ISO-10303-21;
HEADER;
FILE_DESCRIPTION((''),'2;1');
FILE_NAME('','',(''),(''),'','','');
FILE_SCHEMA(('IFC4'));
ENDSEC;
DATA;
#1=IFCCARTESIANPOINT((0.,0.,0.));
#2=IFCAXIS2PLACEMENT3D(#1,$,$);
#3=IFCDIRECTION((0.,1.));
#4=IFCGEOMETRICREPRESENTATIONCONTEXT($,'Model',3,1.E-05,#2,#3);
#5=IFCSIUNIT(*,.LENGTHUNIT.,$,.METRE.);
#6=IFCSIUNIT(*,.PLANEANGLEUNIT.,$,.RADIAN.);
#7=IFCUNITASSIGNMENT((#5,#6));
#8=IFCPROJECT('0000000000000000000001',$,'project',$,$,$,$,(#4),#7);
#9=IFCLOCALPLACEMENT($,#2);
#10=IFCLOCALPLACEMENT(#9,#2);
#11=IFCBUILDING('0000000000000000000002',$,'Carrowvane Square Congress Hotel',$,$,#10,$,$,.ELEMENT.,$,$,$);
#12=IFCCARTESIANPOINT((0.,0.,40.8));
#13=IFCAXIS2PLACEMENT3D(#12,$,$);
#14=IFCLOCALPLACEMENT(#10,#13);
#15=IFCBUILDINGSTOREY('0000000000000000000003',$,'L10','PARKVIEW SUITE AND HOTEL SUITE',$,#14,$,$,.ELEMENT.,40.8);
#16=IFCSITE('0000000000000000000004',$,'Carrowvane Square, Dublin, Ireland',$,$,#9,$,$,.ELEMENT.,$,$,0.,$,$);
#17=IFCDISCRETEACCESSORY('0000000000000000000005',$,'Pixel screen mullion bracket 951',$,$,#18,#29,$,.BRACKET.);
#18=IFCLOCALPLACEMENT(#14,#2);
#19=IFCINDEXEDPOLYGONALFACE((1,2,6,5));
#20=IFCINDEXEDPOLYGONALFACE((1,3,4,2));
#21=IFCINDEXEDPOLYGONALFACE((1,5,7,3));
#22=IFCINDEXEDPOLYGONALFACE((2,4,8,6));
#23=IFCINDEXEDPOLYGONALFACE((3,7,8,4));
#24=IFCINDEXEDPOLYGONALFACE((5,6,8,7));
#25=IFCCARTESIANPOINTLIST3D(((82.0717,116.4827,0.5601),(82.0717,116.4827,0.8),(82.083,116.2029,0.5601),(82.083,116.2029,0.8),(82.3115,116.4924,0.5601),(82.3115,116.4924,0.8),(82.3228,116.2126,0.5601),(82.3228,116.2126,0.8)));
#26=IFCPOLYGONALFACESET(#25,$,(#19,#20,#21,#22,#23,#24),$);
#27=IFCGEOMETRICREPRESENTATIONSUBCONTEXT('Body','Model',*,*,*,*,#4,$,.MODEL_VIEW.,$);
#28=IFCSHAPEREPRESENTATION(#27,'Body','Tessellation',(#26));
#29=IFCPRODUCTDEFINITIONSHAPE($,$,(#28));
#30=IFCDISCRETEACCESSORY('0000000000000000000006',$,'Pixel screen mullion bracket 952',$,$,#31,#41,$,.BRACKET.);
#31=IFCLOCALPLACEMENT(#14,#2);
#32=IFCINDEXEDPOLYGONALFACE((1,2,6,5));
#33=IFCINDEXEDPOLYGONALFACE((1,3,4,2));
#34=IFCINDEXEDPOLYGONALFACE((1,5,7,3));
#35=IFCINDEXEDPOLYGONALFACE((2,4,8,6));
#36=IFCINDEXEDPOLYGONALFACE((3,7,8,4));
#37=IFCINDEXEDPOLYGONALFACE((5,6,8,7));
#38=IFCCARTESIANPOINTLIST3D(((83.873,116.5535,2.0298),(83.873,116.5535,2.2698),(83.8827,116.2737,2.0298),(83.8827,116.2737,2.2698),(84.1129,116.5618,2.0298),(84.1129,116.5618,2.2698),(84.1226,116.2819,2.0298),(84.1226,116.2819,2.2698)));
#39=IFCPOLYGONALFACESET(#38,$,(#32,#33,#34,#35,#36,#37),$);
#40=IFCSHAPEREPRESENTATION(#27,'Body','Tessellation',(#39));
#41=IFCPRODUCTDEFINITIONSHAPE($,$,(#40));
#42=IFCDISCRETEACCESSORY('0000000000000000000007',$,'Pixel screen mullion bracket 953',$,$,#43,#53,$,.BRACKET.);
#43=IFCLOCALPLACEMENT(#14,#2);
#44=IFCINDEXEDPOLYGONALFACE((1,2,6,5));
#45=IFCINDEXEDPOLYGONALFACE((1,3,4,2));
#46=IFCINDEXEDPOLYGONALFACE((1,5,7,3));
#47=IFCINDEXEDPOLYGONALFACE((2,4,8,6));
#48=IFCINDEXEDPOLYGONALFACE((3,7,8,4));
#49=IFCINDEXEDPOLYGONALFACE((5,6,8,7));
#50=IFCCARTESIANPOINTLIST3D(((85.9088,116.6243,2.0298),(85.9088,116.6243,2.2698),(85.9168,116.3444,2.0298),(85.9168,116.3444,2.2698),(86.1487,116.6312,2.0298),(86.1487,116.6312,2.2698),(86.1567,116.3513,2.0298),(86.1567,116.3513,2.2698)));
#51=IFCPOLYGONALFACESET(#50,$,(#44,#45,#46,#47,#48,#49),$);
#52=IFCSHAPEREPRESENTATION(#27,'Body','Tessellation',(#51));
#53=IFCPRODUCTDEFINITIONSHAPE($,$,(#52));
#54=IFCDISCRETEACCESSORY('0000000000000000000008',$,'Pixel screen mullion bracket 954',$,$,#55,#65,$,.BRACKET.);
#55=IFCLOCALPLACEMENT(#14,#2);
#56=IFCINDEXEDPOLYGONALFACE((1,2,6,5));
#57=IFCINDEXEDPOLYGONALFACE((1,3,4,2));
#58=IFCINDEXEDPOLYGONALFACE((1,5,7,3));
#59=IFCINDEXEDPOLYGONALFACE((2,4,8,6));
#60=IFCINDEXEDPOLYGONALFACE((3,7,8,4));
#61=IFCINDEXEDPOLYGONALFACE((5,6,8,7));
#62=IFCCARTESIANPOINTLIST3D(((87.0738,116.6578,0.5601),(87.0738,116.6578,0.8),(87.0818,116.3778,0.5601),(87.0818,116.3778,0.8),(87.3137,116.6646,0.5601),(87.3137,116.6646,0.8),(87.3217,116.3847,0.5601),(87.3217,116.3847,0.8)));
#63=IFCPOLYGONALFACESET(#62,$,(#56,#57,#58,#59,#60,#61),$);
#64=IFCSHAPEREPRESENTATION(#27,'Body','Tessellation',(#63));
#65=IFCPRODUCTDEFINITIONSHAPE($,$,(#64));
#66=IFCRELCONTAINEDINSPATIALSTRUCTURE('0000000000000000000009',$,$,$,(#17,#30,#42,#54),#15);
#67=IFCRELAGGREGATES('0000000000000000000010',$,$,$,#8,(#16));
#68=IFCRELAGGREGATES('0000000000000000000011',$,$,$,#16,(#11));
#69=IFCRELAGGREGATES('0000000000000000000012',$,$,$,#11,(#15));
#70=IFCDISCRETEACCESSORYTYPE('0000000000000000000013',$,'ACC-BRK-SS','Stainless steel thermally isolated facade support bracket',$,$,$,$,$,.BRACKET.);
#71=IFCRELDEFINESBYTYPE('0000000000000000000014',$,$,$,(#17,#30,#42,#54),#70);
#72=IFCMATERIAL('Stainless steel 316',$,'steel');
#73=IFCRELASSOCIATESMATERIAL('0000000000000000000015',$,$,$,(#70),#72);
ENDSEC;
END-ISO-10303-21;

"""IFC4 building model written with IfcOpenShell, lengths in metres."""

from ifc_helpers import new_model, si_unit, direction, frame, origin, origin_2d, place, context, subcontext, project, spatial, rectangle, extrude, material, type_object, element, save


model = new_model("IFC4")

# Units and contexts
model_context = context("Model", 3, precision=1e-05, world=origin(), true_north=direction((0.0, 1.0)))
body_context = subcontext(model_context, "Body", "Model", "MODEL_VIEW")
ifc_project = project(units=[si_unit("LENGTHUNIT", "METRE"), si_unit("PLANEANGLEUNIT", "RADIAN")], contexts=[model_context])

# Site, building, storey
site_placement = place(None, origin())
site = spatial("IfcSite", under=ifc_project, at=site_placement, Name="Carrowvane Square, Dublin, Ireland", CompositionType="ELEMENT", RefElevation=0.0)
building_placement = place(site_placement, origin())
building = spatial("IfcBuilding", under=site, at=building_placement, Name="Carrowvane Square Congress Hotel", CompositionType="ELEMENT")
storey_placement = place(building_placement, frame((0.0, 0.0, 40.8)))
storey = spatial("IfcBuildingStorey", under=building, at=storey_placement, Name="L10", Description="PARKVIEW SUITE AND HOTEL SUITE", CompositionType="ELEMENT", Elevation=40.8)

# Discrete accessories
ifc_material_1 = material(Name="Stainless steel 316", Category="steel")
discrete_accessory_type = type_object("IfcDiscreteAccessoryType", Name="ACC-BRK-SS", Description="Stainless steel thermally isolated facade support bracket", PredefinedType="BRACKET", material=ifc_material_1)
for number, where, z_axis, x_axis, name in (
    (1, (82.1973, 116.3477, 0.5601), (0.0, 0.0, 1.0), (0.999194, 0.040134, 0.0), "Pixel screen mullion bracket 951"),
    (2, (83.9978, 116.4177, 2.0298), (0.0, 0.0, 1.0), (0.999404, 0.034527, 0.0), "Pixel screen mullion bracket 952"),
    (3, (86.0327, 116.4878, 2.0298), (0.0, 0.0, 1.0), (0.99959, 0.028639, 0.0), "Pixel screen mullion bracket 953"),
    (4, (87.1978, 116.5212, 0.5601), (0.0, 0.0, 1.0), (0.99959, 0.028639, 0.0), "Pixel screen mullion bracket 954"),
):
    element("IfcDiscreteAccessory", number, at=place(storey_placement, frame(where, z_axis=z_axis, x_axis=x_axis)), inside=storey, type_object=discrete_accessory_type, Name=name, PredefinedType="BRACKET", context=body_context, shape_type="SweptSolid", body=[
        extrude(rectangle(XDim=0.24, YDim=0.28, at=origin_2d()), origin(), (0.0, 0.0, 1.0), 0.24),
    ])

save(model, "model.ifc")
